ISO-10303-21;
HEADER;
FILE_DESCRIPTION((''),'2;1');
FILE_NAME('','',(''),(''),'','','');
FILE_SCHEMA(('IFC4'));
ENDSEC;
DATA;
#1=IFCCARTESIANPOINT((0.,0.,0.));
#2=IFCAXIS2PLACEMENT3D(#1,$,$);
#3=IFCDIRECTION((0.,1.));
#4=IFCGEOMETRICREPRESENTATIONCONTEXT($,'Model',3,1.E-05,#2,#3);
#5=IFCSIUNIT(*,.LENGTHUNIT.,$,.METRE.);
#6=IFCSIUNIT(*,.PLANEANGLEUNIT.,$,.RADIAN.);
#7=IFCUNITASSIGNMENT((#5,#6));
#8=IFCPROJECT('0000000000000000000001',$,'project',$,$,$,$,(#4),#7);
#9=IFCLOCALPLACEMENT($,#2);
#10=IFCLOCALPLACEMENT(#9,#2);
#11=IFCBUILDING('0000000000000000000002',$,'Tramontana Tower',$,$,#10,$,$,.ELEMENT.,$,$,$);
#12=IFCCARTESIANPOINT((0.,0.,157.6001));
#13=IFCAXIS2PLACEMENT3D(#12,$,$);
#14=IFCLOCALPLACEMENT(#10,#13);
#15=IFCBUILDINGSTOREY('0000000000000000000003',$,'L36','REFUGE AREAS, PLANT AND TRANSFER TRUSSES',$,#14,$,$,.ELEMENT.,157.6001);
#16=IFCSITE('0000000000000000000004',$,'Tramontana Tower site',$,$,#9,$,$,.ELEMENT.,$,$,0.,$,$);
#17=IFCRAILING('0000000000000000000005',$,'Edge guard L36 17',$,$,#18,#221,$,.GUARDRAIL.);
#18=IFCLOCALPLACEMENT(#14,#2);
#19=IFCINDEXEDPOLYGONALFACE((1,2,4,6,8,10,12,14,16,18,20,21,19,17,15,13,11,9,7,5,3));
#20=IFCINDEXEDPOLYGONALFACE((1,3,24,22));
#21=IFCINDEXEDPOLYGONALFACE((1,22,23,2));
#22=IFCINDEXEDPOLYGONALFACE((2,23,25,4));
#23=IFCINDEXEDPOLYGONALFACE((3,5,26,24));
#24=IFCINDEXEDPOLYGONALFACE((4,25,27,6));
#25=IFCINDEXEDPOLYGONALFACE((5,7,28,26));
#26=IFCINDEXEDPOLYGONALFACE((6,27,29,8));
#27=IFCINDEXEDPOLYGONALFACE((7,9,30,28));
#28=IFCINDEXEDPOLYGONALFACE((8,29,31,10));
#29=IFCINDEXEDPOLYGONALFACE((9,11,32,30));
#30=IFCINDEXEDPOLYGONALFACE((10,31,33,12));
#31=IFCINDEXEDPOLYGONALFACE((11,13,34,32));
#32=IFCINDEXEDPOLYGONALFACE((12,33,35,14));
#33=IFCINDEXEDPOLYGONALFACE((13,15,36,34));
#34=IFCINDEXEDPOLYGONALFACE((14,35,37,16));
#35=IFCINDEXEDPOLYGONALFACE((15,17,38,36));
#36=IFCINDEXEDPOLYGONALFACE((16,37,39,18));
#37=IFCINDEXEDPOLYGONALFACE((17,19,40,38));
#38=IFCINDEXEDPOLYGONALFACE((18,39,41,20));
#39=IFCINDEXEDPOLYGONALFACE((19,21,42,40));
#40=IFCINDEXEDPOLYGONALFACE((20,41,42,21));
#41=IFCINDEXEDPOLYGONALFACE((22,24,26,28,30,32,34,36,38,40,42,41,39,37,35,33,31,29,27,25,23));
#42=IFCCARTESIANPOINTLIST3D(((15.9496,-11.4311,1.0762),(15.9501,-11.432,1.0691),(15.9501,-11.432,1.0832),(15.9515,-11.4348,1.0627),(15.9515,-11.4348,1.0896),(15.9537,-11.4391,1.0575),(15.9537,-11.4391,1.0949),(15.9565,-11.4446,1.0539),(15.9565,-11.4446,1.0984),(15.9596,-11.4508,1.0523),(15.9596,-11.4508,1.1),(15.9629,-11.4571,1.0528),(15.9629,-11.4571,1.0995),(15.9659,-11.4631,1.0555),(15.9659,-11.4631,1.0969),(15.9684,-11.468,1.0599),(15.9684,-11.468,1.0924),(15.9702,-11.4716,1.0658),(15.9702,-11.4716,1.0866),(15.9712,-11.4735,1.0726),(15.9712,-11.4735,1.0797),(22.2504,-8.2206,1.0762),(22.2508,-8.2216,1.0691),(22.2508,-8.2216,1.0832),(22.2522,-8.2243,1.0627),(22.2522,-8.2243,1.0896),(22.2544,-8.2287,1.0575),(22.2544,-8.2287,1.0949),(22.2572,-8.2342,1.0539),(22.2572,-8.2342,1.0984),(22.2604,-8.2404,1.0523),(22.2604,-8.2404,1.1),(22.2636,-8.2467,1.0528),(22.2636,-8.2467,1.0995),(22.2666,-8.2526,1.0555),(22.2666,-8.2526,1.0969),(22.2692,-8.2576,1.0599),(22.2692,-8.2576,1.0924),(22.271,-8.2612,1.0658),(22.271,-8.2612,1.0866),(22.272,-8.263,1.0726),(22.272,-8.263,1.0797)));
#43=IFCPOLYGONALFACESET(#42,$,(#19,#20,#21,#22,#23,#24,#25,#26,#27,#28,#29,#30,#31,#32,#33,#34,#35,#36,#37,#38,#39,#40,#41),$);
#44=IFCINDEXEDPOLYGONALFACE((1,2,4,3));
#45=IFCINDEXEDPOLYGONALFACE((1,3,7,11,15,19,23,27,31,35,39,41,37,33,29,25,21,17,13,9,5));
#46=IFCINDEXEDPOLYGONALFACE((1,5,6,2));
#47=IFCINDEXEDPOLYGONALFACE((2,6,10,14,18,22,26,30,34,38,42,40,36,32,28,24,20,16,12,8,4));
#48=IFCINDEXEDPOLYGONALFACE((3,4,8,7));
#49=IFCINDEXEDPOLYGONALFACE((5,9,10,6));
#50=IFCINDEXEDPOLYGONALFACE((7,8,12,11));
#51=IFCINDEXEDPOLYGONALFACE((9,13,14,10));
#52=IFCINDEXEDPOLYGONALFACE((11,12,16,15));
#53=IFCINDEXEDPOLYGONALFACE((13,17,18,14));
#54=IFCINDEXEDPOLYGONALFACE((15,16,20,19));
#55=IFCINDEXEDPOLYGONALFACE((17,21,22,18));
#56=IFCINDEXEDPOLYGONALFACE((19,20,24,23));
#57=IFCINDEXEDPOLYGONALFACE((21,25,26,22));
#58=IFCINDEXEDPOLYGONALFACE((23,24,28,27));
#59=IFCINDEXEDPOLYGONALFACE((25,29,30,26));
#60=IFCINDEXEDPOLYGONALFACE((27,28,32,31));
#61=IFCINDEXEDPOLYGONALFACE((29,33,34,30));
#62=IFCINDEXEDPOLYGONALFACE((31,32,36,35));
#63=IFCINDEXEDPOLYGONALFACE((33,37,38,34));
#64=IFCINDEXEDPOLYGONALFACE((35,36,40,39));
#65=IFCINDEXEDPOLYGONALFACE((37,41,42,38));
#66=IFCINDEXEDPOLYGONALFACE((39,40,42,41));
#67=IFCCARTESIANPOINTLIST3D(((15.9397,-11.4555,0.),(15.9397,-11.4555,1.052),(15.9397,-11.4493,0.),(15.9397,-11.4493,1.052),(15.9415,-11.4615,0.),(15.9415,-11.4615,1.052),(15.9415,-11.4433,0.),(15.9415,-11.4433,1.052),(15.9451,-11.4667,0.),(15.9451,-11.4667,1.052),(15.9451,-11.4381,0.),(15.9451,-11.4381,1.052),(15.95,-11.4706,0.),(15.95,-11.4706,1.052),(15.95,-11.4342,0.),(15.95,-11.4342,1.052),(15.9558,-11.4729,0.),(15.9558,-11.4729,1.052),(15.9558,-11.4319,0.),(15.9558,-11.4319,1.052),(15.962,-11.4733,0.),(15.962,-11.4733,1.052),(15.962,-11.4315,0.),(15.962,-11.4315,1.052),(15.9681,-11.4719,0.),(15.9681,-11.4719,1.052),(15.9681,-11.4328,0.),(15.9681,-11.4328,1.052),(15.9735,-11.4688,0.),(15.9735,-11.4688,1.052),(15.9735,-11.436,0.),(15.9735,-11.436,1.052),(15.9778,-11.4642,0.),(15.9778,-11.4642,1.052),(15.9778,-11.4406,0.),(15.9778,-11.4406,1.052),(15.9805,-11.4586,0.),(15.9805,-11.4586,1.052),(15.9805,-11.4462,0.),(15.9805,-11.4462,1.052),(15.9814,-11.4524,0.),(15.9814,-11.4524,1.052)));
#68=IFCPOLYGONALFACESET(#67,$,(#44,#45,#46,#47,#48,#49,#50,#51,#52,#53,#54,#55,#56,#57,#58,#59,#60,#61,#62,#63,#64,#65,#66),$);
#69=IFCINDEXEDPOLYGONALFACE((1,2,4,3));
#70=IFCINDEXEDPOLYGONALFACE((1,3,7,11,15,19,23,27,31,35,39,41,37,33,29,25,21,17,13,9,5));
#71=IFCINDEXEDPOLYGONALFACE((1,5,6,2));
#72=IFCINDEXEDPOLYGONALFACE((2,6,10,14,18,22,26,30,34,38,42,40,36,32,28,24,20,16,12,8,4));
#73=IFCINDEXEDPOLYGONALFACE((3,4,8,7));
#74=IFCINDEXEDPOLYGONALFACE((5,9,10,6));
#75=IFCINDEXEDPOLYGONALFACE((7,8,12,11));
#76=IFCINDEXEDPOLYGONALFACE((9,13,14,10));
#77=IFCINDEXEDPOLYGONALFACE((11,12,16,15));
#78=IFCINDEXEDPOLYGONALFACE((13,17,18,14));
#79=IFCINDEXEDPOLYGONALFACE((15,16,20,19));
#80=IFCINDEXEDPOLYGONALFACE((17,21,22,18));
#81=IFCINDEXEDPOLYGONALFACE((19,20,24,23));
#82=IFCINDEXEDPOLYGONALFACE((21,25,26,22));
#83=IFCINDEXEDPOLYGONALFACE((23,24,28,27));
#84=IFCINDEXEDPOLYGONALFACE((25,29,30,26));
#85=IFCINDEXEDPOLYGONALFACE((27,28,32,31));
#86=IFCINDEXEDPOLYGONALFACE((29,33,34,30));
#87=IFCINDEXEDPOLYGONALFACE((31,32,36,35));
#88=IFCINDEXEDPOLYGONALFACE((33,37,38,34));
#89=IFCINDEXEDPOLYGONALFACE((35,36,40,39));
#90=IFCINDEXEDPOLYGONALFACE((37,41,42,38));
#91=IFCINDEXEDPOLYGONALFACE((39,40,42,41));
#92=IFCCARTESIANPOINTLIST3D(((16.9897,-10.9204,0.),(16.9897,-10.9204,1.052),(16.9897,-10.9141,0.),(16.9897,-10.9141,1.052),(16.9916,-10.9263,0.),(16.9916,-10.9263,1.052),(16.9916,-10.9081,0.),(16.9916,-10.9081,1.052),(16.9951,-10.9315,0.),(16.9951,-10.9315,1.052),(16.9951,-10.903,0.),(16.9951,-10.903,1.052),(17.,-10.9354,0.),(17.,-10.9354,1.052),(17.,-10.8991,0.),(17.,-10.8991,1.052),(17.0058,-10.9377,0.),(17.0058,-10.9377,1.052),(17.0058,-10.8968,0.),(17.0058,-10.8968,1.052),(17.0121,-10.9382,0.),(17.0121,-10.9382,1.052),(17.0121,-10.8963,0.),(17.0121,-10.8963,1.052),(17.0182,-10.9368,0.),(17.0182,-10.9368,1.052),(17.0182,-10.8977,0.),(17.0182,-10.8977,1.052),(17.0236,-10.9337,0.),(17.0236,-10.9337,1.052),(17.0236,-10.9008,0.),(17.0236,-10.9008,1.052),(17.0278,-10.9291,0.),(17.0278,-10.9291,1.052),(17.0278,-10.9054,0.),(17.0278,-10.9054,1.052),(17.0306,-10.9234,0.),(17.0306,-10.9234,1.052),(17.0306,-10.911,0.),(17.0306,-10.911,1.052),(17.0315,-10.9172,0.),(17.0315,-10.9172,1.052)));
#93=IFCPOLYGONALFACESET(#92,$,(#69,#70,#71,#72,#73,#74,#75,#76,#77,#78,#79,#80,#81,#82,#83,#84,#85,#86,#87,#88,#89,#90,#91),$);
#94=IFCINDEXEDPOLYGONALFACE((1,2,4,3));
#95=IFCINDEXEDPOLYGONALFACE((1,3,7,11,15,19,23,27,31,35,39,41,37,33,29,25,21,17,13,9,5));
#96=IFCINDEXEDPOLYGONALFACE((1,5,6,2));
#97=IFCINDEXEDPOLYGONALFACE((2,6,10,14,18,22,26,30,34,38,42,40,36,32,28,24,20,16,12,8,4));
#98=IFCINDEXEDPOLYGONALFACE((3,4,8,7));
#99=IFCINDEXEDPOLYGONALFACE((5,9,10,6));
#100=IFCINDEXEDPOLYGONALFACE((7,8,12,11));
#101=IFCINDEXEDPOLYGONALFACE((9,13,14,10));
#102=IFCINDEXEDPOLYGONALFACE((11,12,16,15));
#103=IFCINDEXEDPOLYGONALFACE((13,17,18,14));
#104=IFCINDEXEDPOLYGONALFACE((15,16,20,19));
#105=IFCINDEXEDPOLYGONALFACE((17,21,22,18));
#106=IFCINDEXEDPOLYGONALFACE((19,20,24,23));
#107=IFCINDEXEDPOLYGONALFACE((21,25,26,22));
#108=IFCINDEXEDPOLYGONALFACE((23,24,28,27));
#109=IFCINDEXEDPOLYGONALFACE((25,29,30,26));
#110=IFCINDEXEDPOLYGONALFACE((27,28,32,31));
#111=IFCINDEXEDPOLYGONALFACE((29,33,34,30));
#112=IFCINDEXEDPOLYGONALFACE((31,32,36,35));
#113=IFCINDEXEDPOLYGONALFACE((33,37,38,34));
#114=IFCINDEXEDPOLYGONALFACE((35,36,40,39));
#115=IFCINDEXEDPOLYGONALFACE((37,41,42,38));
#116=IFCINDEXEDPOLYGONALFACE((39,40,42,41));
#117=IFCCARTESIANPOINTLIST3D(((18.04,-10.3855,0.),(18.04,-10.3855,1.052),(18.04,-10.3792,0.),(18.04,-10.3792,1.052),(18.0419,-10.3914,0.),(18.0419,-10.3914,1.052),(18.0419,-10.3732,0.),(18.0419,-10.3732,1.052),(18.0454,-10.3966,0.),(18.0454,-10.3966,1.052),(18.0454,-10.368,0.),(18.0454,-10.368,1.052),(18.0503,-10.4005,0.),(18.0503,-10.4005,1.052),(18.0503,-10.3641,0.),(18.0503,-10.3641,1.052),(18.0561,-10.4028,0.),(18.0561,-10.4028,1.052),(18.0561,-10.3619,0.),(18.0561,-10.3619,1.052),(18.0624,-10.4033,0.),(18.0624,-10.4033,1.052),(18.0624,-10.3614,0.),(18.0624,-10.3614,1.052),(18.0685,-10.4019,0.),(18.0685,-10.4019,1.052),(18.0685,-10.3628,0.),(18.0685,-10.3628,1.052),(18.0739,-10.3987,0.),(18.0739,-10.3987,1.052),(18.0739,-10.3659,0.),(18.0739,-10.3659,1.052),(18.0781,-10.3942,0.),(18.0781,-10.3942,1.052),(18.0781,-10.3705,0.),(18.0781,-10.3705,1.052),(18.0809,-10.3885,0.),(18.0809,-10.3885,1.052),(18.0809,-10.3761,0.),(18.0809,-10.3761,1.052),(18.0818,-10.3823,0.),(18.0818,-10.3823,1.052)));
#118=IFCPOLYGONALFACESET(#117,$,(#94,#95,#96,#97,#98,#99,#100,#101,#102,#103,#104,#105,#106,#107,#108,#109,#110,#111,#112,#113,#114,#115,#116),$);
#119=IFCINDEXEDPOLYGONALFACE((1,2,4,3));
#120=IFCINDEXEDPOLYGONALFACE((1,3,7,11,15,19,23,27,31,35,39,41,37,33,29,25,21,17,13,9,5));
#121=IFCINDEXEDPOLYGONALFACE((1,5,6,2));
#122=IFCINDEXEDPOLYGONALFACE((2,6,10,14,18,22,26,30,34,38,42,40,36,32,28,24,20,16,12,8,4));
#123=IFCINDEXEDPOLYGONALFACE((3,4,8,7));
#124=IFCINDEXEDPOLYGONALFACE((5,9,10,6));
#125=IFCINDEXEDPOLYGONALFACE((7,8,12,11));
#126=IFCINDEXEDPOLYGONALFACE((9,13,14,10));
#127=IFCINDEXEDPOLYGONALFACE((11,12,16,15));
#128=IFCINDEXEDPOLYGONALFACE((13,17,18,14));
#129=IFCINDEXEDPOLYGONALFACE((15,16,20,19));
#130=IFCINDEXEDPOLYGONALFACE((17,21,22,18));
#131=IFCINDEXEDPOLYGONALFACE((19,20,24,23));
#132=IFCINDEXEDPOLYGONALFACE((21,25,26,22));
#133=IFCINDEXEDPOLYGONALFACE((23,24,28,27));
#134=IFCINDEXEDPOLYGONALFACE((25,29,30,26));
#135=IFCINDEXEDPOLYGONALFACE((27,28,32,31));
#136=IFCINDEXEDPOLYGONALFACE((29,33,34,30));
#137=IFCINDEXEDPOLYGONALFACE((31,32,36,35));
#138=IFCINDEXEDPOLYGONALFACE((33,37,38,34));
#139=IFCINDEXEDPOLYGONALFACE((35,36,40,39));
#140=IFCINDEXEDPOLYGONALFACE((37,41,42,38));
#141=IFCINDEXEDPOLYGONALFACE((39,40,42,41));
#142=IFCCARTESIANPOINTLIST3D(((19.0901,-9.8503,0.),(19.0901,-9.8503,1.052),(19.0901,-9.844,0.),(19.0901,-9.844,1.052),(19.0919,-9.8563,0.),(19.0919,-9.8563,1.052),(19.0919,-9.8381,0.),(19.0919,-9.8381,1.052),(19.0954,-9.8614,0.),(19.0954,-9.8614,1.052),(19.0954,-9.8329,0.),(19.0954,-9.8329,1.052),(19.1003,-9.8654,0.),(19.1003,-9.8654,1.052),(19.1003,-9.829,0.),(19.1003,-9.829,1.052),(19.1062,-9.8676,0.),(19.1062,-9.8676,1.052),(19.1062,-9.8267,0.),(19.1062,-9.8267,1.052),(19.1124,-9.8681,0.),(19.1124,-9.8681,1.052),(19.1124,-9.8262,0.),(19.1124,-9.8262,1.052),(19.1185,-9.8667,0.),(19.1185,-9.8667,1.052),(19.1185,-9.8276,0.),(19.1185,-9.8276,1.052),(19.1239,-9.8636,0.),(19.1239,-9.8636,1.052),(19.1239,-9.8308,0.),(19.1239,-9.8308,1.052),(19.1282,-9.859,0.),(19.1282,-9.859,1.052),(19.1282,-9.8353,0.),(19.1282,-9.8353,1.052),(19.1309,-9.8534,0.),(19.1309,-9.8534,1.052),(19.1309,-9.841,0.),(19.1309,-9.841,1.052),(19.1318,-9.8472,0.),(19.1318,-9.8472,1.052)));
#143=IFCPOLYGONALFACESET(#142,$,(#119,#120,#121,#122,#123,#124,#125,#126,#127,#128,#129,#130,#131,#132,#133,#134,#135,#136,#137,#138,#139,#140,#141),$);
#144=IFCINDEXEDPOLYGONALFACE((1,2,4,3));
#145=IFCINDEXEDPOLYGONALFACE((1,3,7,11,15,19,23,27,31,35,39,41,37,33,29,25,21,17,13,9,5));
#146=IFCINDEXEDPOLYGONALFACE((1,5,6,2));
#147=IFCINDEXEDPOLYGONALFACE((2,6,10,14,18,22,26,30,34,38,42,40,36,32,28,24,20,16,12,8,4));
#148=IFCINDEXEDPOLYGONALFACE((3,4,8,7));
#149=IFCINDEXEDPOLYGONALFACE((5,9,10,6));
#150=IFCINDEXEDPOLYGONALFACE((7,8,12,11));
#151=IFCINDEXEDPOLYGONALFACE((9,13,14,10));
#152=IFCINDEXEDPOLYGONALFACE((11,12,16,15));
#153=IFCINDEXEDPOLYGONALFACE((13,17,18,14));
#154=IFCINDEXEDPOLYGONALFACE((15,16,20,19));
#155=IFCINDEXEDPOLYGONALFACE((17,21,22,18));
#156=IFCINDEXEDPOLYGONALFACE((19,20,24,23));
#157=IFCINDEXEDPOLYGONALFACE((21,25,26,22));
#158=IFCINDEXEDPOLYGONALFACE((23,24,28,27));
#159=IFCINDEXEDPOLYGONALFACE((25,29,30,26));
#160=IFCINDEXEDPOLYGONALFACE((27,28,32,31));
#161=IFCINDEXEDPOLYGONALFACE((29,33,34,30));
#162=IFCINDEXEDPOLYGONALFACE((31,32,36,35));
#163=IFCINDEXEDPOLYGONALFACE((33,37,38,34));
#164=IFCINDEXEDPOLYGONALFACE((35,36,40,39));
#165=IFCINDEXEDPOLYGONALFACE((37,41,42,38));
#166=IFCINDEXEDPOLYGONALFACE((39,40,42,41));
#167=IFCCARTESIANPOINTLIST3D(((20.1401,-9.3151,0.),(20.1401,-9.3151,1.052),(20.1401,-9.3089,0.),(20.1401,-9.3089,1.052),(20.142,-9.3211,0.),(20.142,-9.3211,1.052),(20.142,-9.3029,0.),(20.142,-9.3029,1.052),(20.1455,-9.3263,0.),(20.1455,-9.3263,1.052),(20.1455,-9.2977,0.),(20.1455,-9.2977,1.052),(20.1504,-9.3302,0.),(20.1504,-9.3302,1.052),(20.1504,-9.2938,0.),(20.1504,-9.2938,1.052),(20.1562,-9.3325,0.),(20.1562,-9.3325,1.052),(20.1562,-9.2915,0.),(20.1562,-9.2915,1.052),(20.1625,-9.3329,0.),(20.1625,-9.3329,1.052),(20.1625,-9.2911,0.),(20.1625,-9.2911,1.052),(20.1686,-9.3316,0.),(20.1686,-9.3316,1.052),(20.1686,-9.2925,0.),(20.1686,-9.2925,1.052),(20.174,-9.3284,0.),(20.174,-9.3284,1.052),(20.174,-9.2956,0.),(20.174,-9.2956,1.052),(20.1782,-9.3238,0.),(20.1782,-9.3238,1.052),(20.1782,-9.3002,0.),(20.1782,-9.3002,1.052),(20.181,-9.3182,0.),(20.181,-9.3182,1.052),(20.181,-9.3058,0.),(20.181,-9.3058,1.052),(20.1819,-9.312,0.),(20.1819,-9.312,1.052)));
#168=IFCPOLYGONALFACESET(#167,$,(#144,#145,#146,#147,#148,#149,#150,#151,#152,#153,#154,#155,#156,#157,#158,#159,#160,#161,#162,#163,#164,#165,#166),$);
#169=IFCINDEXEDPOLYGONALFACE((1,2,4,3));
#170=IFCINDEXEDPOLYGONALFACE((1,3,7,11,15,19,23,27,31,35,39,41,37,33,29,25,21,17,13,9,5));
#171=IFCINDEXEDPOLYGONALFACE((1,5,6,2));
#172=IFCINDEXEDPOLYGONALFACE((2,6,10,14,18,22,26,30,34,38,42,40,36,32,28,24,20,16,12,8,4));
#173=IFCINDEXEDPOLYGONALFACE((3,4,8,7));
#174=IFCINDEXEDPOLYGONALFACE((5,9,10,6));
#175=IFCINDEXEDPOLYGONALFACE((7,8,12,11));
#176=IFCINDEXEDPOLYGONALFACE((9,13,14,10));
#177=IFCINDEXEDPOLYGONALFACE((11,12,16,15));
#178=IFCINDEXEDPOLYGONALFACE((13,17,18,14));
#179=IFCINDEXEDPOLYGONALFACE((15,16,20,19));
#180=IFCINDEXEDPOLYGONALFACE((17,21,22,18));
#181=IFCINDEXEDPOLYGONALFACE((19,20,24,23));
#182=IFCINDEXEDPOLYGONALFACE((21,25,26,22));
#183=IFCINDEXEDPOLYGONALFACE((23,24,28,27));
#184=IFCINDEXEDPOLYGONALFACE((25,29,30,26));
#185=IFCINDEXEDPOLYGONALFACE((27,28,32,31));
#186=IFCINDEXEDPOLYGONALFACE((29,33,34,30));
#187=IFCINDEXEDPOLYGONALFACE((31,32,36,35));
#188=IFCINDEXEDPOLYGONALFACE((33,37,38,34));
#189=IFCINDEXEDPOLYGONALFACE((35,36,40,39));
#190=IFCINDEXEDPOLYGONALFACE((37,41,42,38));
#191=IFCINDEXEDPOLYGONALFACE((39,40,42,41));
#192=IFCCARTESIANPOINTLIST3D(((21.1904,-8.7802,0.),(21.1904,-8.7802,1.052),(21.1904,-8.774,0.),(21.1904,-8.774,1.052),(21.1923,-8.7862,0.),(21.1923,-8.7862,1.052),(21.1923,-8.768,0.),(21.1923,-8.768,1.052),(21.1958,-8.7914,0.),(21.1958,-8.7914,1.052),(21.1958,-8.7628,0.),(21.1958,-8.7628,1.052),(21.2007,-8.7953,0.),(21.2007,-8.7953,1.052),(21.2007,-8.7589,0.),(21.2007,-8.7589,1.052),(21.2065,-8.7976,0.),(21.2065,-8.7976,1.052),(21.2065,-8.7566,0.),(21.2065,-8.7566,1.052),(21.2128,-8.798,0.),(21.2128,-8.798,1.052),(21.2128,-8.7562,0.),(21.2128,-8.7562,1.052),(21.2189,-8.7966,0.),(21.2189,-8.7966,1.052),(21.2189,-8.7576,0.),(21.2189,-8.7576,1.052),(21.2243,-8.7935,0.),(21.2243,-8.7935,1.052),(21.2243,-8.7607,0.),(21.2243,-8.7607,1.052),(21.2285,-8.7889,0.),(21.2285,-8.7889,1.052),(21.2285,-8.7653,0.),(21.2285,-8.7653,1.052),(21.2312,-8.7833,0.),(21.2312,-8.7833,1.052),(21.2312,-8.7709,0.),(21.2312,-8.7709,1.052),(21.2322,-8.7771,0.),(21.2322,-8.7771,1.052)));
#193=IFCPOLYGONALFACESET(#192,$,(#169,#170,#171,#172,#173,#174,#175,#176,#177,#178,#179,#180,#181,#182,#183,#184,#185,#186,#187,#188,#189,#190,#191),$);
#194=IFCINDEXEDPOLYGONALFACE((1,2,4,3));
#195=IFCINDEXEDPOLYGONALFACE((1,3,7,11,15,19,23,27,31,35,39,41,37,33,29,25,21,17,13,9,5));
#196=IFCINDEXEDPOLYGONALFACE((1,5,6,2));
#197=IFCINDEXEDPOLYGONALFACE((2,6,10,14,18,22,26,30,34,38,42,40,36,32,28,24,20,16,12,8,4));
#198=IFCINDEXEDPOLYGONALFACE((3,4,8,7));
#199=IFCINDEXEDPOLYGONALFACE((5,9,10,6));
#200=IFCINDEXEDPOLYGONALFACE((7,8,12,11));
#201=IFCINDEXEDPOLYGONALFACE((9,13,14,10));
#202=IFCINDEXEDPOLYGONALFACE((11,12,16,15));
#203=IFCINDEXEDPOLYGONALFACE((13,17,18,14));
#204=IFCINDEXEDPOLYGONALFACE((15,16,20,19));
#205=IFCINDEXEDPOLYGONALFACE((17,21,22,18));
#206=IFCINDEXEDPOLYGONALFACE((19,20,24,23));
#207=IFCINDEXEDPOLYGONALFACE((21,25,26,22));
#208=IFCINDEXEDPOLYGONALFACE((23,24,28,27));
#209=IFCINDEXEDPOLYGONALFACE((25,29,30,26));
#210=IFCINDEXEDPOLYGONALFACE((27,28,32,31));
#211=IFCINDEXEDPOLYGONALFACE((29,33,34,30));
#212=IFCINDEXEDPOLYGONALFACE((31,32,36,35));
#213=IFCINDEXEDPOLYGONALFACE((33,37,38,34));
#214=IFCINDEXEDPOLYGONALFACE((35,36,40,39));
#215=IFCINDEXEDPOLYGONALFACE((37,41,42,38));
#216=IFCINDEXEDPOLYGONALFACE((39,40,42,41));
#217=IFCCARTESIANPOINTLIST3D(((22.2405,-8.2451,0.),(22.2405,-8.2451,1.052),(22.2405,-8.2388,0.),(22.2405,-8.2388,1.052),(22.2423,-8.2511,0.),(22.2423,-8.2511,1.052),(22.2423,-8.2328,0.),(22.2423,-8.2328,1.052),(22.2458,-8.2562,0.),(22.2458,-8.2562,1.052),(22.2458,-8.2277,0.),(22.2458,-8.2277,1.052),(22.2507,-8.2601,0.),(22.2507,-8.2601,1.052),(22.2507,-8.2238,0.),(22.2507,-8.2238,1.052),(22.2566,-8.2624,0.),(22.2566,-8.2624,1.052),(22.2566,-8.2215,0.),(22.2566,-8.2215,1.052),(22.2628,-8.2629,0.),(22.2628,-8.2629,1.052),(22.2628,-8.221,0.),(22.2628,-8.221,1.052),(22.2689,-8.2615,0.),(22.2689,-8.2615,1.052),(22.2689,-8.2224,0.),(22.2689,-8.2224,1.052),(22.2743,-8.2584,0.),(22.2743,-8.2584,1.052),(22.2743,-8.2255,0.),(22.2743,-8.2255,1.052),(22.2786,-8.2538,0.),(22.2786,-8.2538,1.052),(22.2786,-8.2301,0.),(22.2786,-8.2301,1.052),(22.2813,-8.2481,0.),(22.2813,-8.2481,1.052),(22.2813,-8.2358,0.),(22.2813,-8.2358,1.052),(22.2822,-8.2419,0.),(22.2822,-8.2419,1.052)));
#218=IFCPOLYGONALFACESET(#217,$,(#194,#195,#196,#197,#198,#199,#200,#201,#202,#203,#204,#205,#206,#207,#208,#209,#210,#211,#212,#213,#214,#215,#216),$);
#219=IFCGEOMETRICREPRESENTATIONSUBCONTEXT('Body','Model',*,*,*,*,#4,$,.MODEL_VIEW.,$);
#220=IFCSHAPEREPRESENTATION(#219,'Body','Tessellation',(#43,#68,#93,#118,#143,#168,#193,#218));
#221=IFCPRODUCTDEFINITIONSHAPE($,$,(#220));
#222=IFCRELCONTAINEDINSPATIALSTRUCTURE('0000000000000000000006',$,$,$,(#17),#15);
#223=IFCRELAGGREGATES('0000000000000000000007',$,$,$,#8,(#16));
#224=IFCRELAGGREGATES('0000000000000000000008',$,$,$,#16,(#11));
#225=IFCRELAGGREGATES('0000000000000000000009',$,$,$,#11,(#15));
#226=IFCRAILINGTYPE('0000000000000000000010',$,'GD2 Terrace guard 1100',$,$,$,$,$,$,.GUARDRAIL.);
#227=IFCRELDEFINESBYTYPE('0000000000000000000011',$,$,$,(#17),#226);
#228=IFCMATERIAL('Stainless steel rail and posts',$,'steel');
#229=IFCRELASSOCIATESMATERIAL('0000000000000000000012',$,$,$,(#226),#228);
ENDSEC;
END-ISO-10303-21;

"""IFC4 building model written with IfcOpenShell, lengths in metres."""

from ifc_helpers import new_model, si_unit, direction, frame, origin, origin_2d, place, context, subcontext, project, spatial, circle, extrude, material, type_object, element, save


model = new_model("IFC4")

# Units and contexts
model_context = context("Model", 3, precision=1e-05, world=origin(), true_north=direction((0.0, 1.0)))
body_context = subcontext(model_context, "Body", "Model", "MODEL_VIEW")
ifc_project = project(units=[si_unit("LENGTHUNIT", "METRE"), si_unit("PLANEANGLEUNIT", "RADIAN")], contexts=[model_context])

# Site, building, storey
site_placement = place(None, origin())
site = spatial("IfcSite", under=ifc_project, at=site_placement, Name="Tramontana Tower site", CompositionType="ELEMENT", RefElevation=0.0)
building_placement = place(site_placement, origin())
building = spatial("IfcBuilding", under=site, at=building_placement, Name="Tramontana Tower", CompositionType="ELEMENT")
storey_placement = place(building_placement, frame((0.0, 0.0, 157.6001)))
storey = spatial("IfcBuildingStorey", under=building, at=storey_placement, Name="L36", Description="REFUGE AREAS, PLANT AND TRANSFER TRUSSES", CompositionType="ELEMENT", Elevation=157.6001)

# Railing
ifc_material_1 = material(Name="Stainless steel rail and posts", Category="steel")
railing_type = type_object("IfcRailingType", Name="GD2 Terrace guard 1100", PredefinedType="GUARDRAIL", material=ifc_material_1)
railing_1_placement = place(storey_placement, frame((15.9604, -11.4524, 0.0)))
element("IfcRailing", 1, at=railing_1_placement, inside=storey, type_object=railing_type, Name="Edge guard L36 17", PredefinedType="GUARDRAIL", context=body_context, shape_type="SweptSolid", body=[
    extrude(circle(Radius=0.0239, at=origin_2d()), frame((0.0, 0.0, 1.0762), z_axis=(0.891004, 0.453995, 0.0), x_axis=(-0.453995, 0.891004, 0.0)), (0.0, 0.0, 1.0), 7.0715),
    extrude(circle(Radius=0.021, at=origin_2d()), origin(), (0.0, 0.0, 1.0), 1.052),
    extrude(circle(Radius=0.021, at=origin_2d()), frame((1.05, 0.5352, 0.0)), (0.0, 0.0, 1.0), 1.052),
    extrude(circle(Radius=0.021, at=origin_2d()), frame((2.1003, 1.0701, 0.0)), (0.0, 0.0, 1.0), 1.052),
    extrude(circle(Radius=0.021, at=origin_2d()), frame((3.1504, 1.6052, 0.0)), (0.0, 0.0, 1.0), 1.052),
    extrude(circle(Radius=0.021, at=origin_2d()), frame((4.2004, 2.1404, 0.0)), (0.0, 0.0, 1.0), 1.052),
    extrude(circle(Radius=0.021, at=origin_2d()), frame((5.2507, 2.6753, 0.0)), (0.0, 0.0, 1.0), 1.052),
    extrude(circle(Radius=0.021, at=origin_2d()), frame((6.3008, 3.2104, 0.0)), (0.0, 0.0, 1.0), 1.052),
])

save(model, "model.ifc")
